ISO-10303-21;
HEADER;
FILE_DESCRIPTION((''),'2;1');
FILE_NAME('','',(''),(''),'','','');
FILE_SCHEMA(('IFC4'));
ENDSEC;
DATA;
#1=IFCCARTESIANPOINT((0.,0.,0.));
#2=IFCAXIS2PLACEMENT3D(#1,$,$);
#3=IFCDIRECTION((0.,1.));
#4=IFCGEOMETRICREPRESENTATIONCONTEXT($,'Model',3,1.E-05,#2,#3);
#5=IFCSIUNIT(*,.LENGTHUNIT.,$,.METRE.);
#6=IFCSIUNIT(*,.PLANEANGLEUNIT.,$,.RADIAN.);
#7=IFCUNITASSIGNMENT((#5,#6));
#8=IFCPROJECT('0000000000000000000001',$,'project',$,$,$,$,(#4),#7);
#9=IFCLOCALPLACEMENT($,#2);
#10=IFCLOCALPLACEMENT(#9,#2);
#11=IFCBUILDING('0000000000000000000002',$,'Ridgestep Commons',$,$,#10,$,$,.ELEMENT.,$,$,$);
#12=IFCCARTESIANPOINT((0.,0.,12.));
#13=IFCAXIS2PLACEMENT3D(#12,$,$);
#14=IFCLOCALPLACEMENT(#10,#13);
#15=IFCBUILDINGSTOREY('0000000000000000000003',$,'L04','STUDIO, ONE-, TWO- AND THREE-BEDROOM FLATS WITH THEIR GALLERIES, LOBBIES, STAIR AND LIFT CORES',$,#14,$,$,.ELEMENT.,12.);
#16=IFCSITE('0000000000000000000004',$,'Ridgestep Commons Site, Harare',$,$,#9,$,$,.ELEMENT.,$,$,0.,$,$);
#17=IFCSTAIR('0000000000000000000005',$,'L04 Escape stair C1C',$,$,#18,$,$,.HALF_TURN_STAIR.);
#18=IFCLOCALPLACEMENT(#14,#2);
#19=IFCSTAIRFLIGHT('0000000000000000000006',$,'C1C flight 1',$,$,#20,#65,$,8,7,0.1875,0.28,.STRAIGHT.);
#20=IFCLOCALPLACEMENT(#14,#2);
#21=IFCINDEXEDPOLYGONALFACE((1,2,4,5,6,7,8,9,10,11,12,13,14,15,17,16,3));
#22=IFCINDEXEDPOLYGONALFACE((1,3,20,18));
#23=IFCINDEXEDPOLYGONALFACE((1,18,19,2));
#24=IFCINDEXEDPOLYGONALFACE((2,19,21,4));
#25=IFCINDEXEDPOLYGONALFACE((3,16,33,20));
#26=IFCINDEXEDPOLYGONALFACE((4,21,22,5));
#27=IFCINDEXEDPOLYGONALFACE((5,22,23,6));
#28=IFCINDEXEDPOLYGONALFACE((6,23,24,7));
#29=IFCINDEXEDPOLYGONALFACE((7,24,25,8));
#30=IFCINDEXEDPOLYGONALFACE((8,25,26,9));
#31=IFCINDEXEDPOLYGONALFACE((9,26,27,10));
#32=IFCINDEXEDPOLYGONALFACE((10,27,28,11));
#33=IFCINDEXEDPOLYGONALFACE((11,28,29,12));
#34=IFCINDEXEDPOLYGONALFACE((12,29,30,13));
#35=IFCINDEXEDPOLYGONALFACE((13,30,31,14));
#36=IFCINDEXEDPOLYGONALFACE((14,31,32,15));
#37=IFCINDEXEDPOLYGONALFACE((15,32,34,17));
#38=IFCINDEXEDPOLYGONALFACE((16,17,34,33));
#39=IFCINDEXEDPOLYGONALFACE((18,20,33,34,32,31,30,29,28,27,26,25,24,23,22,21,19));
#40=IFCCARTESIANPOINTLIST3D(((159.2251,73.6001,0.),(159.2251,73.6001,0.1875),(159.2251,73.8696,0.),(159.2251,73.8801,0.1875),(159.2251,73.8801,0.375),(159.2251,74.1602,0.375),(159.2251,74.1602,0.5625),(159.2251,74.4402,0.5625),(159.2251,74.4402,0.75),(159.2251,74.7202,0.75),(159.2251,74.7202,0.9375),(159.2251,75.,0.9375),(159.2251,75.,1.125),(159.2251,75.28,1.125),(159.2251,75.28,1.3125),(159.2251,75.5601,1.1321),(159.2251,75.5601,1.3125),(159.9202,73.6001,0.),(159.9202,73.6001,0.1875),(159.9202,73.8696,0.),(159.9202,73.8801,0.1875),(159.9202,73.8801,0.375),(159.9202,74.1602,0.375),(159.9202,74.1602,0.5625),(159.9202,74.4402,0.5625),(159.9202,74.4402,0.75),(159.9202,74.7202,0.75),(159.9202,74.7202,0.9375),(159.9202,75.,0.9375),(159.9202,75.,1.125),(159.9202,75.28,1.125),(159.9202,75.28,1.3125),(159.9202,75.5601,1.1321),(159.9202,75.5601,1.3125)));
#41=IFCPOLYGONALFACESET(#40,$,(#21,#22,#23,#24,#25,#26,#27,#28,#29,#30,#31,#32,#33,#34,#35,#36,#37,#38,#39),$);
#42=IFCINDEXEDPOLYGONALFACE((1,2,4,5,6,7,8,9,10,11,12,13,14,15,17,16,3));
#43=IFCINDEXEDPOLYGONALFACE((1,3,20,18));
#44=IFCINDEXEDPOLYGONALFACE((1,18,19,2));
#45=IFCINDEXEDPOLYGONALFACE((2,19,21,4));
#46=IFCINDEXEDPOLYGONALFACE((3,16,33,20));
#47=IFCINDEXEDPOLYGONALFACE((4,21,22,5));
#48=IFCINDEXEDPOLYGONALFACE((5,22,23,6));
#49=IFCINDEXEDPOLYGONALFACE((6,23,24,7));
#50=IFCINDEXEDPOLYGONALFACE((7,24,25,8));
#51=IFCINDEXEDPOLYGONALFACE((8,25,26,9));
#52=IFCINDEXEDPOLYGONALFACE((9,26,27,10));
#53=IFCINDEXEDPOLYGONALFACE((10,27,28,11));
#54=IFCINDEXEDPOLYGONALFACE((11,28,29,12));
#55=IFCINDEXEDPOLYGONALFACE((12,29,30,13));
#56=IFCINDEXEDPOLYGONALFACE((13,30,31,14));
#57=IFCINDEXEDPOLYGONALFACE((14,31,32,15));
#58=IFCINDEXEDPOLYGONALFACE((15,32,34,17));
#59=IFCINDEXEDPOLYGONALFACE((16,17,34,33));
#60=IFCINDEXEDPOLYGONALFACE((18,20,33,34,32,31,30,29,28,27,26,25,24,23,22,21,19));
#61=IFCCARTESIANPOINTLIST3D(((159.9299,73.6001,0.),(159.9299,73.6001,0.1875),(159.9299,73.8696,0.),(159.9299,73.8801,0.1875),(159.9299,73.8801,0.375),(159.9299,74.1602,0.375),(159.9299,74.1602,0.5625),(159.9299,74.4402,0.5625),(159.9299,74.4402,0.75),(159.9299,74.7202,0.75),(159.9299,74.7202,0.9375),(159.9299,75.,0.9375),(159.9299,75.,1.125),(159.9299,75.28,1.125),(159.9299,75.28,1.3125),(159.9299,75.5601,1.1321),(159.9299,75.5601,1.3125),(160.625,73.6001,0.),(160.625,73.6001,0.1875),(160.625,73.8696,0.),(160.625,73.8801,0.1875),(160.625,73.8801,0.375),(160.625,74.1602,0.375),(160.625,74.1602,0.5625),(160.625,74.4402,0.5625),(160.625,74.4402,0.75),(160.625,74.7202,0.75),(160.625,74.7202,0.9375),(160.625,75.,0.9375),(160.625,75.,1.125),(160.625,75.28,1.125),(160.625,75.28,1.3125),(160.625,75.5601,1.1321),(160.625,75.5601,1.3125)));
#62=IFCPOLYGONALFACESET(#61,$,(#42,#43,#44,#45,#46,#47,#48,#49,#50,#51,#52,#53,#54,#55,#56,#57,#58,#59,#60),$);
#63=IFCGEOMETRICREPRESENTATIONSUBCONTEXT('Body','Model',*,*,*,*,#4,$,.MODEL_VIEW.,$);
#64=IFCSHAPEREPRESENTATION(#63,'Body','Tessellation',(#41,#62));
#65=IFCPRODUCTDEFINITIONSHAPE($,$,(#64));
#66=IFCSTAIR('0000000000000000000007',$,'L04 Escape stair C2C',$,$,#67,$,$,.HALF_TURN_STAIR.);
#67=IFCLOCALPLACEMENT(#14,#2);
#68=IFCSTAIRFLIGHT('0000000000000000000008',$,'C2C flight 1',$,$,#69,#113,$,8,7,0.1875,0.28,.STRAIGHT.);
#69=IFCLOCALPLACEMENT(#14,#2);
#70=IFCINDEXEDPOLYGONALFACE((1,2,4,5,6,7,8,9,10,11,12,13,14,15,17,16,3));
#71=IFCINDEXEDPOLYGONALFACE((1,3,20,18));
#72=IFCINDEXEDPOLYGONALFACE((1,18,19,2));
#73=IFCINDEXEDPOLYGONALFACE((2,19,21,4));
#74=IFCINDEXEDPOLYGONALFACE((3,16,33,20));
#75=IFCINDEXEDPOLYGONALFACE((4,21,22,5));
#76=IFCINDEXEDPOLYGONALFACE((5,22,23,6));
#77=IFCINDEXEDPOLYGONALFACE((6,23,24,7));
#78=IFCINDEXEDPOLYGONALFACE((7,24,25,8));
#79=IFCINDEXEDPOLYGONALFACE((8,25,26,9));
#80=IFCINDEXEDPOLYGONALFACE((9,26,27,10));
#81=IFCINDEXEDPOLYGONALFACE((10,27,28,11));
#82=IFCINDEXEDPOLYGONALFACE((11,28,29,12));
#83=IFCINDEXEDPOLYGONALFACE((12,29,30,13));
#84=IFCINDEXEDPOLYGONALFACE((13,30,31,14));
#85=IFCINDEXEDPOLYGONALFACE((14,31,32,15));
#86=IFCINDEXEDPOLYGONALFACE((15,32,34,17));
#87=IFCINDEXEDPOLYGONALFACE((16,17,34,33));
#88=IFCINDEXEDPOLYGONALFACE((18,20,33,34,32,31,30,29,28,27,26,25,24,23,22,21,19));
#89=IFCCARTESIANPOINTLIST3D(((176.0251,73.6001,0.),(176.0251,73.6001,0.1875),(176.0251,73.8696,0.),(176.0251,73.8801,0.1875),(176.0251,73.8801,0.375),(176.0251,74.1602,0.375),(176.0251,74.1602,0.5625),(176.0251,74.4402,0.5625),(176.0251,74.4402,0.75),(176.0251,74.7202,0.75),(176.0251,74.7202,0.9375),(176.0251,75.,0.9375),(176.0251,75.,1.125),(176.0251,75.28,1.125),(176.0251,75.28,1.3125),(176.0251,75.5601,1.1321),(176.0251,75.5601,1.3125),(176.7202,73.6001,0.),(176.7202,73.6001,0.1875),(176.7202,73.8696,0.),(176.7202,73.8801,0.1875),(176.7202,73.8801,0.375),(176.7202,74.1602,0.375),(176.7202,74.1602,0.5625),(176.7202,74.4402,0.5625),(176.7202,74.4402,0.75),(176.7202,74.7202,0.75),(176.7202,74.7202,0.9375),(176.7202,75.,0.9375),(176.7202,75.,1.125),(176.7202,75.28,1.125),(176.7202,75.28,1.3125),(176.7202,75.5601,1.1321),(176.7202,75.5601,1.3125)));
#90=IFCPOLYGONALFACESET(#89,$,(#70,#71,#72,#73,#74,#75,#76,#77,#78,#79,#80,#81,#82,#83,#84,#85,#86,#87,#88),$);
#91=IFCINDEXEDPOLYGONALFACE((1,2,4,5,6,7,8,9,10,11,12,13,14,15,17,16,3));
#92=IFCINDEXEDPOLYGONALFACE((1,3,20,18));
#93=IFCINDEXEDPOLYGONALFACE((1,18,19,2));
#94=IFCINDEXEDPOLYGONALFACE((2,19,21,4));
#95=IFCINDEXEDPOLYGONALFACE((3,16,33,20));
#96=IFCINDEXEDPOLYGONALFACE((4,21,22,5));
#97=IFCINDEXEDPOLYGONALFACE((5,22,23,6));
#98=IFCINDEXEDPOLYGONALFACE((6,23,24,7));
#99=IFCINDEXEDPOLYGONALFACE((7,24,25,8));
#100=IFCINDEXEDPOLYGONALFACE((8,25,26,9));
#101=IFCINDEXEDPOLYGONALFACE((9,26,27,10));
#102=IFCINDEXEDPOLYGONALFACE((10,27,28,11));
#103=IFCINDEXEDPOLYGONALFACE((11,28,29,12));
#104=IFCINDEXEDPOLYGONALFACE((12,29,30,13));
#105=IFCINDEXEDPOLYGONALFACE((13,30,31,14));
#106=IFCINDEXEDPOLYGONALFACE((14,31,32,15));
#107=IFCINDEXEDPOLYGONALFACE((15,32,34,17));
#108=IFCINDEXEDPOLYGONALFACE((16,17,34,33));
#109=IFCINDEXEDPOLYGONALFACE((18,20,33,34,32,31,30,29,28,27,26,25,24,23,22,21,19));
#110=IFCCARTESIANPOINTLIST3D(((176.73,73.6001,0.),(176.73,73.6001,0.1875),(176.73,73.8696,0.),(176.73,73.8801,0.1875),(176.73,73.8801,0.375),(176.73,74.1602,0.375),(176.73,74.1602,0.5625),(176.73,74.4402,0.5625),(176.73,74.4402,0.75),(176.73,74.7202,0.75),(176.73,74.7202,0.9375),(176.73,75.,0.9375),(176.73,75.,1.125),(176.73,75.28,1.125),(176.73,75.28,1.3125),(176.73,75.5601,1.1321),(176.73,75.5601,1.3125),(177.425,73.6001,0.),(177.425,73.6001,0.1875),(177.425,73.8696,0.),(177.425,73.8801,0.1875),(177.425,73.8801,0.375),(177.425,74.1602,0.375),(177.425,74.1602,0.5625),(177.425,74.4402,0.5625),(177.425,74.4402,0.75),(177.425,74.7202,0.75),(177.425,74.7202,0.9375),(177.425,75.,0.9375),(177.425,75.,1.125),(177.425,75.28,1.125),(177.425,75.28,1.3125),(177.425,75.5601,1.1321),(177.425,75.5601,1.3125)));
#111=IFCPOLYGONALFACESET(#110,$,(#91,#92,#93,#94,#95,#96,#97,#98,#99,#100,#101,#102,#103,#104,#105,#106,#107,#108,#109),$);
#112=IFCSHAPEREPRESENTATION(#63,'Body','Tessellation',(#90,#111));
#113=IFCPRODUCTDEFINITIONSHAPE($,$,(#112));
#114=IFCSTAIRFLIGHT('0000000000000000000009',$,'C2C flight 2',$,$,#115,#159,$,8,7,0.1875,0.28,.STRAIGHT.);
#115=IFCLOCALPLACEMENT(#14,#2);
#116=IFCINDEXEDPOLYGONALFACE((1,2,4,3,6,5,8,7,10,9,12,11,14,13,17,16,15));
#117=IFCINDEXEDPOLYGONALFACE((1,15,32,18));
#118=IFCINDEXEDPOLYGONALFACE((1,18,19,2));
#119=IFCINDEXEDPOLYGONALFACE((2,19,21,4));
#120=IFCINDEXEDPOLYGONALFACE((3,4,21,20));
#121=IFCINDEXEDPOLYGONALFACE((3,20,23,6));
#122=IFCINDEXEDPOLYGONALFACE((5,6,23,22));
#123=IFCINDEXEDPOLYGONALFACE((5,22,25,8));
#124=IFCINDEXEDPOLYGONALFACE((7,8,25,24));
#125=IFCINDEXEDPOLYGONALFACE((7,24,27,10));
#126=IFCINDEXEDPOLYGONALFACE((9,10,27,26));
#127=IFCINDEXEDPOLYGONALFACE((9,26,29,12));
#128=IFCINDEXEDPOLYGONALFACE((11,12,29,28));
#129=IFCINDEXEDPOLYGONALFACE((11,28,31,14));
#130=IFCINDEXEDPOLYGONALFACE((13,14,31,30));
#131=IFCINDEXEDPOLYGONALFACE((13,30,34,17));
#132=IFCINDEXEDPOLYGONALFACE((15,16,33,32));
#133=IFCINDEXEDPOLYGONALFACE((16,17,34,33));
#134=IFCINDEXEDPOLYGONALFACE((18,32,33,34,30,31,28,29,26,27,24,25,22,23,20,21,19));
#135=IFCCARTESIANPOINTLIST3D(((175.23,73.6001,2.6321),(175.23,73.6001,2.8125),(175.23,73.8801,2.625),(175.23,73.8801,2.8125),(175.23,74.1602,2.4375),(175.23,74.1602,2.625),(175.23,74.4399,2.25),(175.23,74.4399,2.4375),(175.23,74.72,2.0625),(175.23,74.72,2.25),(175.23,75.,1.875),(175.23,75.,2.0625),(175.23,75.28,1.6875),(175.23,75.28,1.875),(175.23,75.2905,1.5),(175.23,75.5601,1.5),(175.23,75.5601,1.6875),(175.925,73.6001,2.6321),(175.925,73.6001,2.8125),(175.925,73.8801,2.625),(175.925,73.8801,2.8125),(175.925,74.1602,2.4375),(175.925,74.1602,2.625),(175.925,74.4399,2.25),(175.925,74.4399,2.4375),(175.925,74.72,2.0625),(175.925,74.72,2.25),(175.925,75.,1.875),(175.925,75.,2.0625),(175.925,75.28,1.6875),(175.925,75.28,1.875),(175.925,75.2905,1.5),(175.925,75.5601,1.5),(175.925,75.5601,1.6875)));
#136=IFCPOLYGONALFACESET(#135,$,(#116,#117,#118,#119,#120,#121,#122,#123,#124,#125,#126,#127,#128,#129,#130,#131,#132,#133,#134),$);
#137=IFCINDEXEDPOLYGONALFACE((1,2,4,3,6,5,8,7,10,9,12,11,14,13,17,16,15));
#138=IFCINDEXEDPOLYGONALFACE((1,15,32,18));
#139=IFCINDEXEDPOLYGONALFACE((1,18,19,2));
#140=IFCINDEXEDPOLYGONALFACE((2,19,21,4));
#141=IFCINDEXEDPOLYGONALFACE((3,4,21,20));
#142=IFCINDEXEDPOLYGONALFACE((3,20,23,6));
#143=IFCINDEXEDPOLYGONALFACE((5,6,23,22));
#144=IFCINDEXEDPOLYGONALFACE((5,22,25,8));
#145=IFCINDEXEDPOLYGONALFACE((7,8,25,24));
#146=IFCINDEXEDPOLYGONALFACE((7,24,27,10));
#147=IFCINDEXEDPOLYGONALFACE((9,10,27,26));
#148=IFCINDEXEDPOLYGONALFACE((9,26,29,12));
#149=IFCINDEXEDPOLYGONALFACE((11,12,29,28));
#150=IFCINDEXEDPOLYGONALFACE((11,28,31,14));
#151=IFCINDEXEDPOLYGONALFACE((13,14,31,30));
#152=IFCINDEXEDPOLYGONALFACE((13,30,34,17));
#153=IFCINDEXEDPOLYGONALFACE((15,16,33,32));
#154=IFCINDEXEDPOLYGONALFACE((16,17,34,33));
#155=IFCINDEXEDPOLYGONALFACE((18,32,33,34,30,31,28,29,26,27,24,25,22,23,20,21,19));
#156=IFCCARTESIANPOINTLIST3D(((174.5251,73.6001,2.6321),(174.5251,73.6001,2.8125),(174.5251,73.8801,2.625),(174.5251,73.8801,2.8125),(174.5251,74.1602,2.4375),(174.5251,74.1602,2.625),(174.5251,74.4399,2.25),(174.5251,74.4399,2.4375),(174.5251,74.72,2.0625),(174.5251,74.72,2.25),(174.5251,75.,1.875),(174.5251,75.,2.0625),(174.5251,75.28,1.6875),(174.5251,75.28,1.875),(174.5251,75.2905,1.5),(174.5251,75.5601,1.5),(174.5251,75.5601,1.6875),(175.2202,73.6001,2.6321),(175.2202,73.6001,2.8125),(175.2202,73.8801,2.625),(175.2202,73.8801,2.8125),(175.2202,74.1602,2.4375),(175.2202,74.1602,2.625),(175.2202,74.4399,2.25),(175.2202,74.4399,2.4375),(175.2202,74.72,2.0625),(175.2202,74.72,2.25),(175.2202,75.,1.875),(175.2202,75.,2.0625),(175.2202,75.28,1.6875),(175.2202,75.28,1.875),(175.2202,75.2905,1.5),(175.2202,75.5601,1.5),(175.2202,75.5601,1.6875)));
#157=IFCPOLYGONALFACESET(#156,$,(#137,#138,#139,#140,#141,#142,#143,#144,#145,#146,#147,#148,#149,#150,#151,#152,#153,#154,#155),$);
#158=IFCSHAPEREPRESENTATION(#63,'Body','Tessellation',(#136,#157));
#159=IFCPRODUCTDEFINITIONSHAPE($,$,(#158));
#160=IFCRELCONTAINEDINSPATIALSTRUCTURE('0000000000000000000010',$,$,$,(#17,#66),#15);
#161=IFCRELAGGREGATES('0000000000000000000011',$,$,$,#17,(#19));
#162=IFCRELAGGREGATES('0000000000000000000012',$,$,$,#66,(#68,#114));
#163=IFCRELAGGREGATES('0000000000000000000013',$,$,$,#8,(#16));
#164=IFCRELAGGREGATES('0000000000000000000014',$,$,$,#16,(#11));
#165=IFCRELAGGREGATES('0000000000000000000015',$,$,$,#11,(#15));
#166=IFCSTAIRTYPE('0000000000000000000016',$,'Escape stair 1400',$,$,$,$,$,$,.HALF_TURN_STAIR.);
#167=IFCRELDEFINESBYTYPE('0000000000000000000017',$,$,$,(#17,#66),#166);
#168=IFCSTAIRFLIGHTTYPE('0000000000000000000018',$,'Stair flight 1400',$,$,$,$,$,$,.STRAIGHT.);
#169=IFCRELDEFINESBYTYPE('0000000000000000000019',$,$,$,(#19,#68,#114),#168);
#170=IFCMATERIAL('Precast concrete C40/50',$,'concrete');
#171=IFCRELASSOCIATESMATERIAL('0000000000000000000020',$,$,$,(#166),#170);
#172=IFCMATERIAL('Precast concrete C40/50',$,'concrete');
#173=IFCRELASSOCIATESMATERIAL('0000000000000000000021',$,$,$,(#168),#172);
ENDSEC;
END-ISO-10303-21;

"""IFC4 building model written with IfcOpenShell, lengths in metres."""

from ifc_helpers import new_model, si_unit, direction, frame, origin, place, context, subcontext, project, spatial, polyline, outline, extrude, material, type_object, element, aggregate, save


model = new_model("IFC4")

# Units and contexts
model_context = context("Model", 3, precision=1e-05, world=origin(), true_north=direction((0.0, 1.0)))
body_context = subcontext(model_context, "Body", "Model", "MODEL_VIEW")
ifc_project = project(units=[si_unit("LENGTHUNIT", "METRE"), si_unit("PLANEANGLEUNIT", "RADIAN")], contexts=[model_context])

# Site, building, storey
site_placement = place(None, origin())
site = spatial("IfcSite", under=ifc_project, at=site_placement, Name="Ridgestep Commons Site, Harare", CompositionType="ELEMENT", RefElevation=0.0)
building_placement = place(site_placement, origin())
building = spatial("IfcBuilding", under=site, at=building_placement, Name="Ridgestep Commons", CompositionType="ELEMENT")
storey_placement = place(building_placement, frame((0.0, 0.0, 12.0)))
storey = spatial("IfcBuildingStorey", under=building, at=storey_placement, Name="L04", Description="STUDIO, ONE-, TWO- AND THREE-BEDROOM FLATS WITH THEIR GALLERIES, LOBBIES, STAIR AND LIFT CORES", CompositionType="ELEMENT", Elevation=12.0)

# Stair, stair flight
ifc_material_1 = material(Name="Precast concrete C40/50", Category="concrete")
stair_type = type_object("IfcStairType", Name="Escape stair 1400", PredefinedType="HALF_TURN_STAIR", material=ifc_material_1)
stair_1_placement = place(storey_placement, origin())
stair_1 = element("IfcStair", 1, at=stair_1_placement, inside=storey, type_object=stair_type, Name="L04 Escape stair C1C", PredefinedType="HALF_TURN_STAIR")
ifc_material_2 = material(Name="Precast concrete C40/50", Category="concrete")
stair_flight_type = type_object("IfcStairFlightType", Name="Stair flight 1400", PredefinedType="STRAIGHT", material=ifc_material_2)
stair_flight_1_placement = place(storey_placement, frame((159.925, 73.6001, 0.0), z_axis=(0.0, 0.0, 1.0), x_axis=(0.0, 1.0, 0.0)))
stair_flight_1 = element("IfcStairFlight", 2, at=stair_flight_1_placement, type_object=stair_flight_type, Name="C1C flight 1", NumberOfRisers=8, NumberOfTreads=7, PredefinedType="STRAIGHT", RiserHeight=0.1875, TreadLength=0.28, context=body_context, shape_type="SweptSolid", body=[
    extrude(outline(polyline([(0.0, 0.0), (0.0, 0.1875), (0.28, 0.1875), (0.28, 0.375), (0.5601, 0.375), (0.5601, 0.5625), (0.8401, 0.5625), (0.8401, 0.75), (1.1201, 0.75), (1.1201, 0.9375), (1.3999, 0.9375), (1.3999, 1.125), (1.6799, 1.125), (1.6799, 1.3125), (1.96, 1.3125), (1.96, 1.5), (1.96, 1.1321), (0.2695, 0.0), (0.0, 0.0)])), frame((0.0, 0.7, 0.0), z_axis=(0.0, -1.0, 0.0), x_axis=(1.0, 0.0, 0.0)), (0.0, 0.0, 1.0), 0.6951),
    extrude(outline(polyline([(0.0, 0.0), (0.0, 0.1875), (0.28, 0.1875), (0.28, 0.375), (0.5601, 0.375), (0.5601, 0.5625), (0.8401, 0.5625), (0.8401, 0.75), (1.1201, 0.75), (1.1201, 0.9375), (1.3999, 0.9375), (1.3999, 1.125), (1.6799, 1.125), (1.6799, 1.3125), (1.96, 1.3125), (1.96, 1.5), (1.96, 1.1321), (0.2695, 0.0), (0.0, 0.0)])), frame((0.0, -0.0049, 0.0), z_axis=(0.0, -1.0, 0.0), x_axis=(1.0, 0.0, 0.0)), (0.0, 0.0, 1.0), 0.6951),
])
aggregate(stair_1, [stair_flight_1])

# Stair, stair flights
stair_2_placement = place(storey_placement, origin())
stair_2 = element("IfcStair", 3, at=stair_2_placement, inside=storey, type_object=stair_type, Name="L04 Escape stair C2C", PredefinedType="HALF_TURN_STAIR")
stair_flight_2_placement = place(storey_placement, frame((176.7251, 73.6001, 0.0), z_axis=(0.0, 0.0, 1.0), x_axis=(0.0, 1.0, 0.0)))
stair_flight_2 = element("IfcStairFlight", 4, at=stair_flight_2_placement, type_object=stair_flight_type, Name="C2C flight 1", NumberOfRisers=8, NumberOfTreads=7, PredefinedType="STRAIGHT", RiserHeight=0.1875, TreadLength=0.28, context=body_context, shape_type="SweptSolid", body=[
    extrude(outline(polyline([(0.0, 0.0), (0.0, 0.1875), (0.28, 0.1875), (0.28, 0.375), (0.5601, 0.375), (0.5601, 0.5625), (0.8401, 0.5625), (0.8401, 0.75), (1.1201, 0.75), (1.1201, 0.9375), (1.3999, 0.9375), (1.3999, 1.125), (1.6799, 1.125), (1.6799, 1.3125), (1.96, 1.3125), (1.96, 1.5), (1.96, 1.1321), (0.2695, 0.0), (0.0, 0.0)])), frame((0.0, 0.7, 0.0), z_axis=(0.0, -1.0, 0.0), x_axis=(1.0, 0.0, 0.0)), (0.0, 0.0, 1.0), 0.6951),
    extrude(outline(polyline([(0.0, 0.0), (0.0, 0.1875), (0.28, 0.1875), (0.28, 0.375), (0.5601, 0.375), (0.5601, 0.5625), (0.8401, 0.5625), (0.8401, 0.75), (1.1201, 0.75), (1.1201, 0.9375), (1.3999, 0.9375), (1.3999, 1.125), (1.6799, 1.125), (1.6799, 1.3125), (1.96, 1.3125), (1.96, 1.5), (1.96, 1.1321), (0.2695, 0.0), (0.0, 0.0)])), frame((0.0, -0.0049, 0.0), z_axis=(0.0, -1.0, 0.0), x_axis=(1.0, 0.0, 0.0)), (0.0, 0.0, 1.0), 0.6951),
])
stair_flight_3_placement = place(storey_placement, frame((175.2251, 75.5601, 1.5), z_axis=(0.0, 0.0, 1.0), x_axis=(0.0, -1.0, 0.0)))
stair_flight_3 = element("IfcStairFlight", 5, at=stair_flight_3_placement, type_object=stair_flight_type, Name="C2C flight 2", NumberOfRisers=8, NumberOfTreads=7, PredefinedType="STRAIGHT", RiserHeight=0.1875, TreadLength=0.28, context=body_context, shape_type="SweptSolid", body=[
    extrude(outline(polyline([(0.0, 0.0), (0.0, 0.1875), (0.28, 0.1875), (0.28, 0.375), (0.5601, 0.375), (0.5601, 0.5625), (0.8401, 0.5625), (0.8401, 0.75), (1.1201, 0.75), (1.1201, 0.9375), (1.3999, 0.9375), (1.3999, 1.125), (1.6799, 1.125), (1.6799, 1.3125), (1.96, 1.3125), (1.96, 1.5), (1.96, 1.1321), (0.2695, 0.0), (0.0, 0.0)])), frame((0.0, 0.7, 0.0), z_axis=(0.0, -1.0, 0.0), x_axis=(1.0, 0.0, 0.0)), (0.0, 0.0, 1.0), 0.6951),
    extrude(outline(polyline([(0.0, 0.0), (0.0, 0.1875), (0.28, 0.1875), (0.28, 0.375), (0.5601, 0.375), (0.5601, 0.5625), (0.8401, 0.5625), (0.8401, 0.75), (1.1201, 0.75), (1.1201, 0.9375), (1.3999, 0.9375), (1.3999, 1.125), (1.6799, 1.125), (1.6799, 1.3125), (1.96, 1.3125), (1.96, 1.5), (1.96, 1.1321), (0.2695, 0.0), (0.0, 0.0)])), frame((0.0, -0.0049, 0.0), z_axis=(0.0, -1.0, 0.0), x_axis=(1.0, 0.0, 0.0)), (0.0, 0.0, 1.0), 0.6951),
])
aggregate(stair_2, [stair_flight_2, stair_flight_3])

save(model, "model.ifc")
